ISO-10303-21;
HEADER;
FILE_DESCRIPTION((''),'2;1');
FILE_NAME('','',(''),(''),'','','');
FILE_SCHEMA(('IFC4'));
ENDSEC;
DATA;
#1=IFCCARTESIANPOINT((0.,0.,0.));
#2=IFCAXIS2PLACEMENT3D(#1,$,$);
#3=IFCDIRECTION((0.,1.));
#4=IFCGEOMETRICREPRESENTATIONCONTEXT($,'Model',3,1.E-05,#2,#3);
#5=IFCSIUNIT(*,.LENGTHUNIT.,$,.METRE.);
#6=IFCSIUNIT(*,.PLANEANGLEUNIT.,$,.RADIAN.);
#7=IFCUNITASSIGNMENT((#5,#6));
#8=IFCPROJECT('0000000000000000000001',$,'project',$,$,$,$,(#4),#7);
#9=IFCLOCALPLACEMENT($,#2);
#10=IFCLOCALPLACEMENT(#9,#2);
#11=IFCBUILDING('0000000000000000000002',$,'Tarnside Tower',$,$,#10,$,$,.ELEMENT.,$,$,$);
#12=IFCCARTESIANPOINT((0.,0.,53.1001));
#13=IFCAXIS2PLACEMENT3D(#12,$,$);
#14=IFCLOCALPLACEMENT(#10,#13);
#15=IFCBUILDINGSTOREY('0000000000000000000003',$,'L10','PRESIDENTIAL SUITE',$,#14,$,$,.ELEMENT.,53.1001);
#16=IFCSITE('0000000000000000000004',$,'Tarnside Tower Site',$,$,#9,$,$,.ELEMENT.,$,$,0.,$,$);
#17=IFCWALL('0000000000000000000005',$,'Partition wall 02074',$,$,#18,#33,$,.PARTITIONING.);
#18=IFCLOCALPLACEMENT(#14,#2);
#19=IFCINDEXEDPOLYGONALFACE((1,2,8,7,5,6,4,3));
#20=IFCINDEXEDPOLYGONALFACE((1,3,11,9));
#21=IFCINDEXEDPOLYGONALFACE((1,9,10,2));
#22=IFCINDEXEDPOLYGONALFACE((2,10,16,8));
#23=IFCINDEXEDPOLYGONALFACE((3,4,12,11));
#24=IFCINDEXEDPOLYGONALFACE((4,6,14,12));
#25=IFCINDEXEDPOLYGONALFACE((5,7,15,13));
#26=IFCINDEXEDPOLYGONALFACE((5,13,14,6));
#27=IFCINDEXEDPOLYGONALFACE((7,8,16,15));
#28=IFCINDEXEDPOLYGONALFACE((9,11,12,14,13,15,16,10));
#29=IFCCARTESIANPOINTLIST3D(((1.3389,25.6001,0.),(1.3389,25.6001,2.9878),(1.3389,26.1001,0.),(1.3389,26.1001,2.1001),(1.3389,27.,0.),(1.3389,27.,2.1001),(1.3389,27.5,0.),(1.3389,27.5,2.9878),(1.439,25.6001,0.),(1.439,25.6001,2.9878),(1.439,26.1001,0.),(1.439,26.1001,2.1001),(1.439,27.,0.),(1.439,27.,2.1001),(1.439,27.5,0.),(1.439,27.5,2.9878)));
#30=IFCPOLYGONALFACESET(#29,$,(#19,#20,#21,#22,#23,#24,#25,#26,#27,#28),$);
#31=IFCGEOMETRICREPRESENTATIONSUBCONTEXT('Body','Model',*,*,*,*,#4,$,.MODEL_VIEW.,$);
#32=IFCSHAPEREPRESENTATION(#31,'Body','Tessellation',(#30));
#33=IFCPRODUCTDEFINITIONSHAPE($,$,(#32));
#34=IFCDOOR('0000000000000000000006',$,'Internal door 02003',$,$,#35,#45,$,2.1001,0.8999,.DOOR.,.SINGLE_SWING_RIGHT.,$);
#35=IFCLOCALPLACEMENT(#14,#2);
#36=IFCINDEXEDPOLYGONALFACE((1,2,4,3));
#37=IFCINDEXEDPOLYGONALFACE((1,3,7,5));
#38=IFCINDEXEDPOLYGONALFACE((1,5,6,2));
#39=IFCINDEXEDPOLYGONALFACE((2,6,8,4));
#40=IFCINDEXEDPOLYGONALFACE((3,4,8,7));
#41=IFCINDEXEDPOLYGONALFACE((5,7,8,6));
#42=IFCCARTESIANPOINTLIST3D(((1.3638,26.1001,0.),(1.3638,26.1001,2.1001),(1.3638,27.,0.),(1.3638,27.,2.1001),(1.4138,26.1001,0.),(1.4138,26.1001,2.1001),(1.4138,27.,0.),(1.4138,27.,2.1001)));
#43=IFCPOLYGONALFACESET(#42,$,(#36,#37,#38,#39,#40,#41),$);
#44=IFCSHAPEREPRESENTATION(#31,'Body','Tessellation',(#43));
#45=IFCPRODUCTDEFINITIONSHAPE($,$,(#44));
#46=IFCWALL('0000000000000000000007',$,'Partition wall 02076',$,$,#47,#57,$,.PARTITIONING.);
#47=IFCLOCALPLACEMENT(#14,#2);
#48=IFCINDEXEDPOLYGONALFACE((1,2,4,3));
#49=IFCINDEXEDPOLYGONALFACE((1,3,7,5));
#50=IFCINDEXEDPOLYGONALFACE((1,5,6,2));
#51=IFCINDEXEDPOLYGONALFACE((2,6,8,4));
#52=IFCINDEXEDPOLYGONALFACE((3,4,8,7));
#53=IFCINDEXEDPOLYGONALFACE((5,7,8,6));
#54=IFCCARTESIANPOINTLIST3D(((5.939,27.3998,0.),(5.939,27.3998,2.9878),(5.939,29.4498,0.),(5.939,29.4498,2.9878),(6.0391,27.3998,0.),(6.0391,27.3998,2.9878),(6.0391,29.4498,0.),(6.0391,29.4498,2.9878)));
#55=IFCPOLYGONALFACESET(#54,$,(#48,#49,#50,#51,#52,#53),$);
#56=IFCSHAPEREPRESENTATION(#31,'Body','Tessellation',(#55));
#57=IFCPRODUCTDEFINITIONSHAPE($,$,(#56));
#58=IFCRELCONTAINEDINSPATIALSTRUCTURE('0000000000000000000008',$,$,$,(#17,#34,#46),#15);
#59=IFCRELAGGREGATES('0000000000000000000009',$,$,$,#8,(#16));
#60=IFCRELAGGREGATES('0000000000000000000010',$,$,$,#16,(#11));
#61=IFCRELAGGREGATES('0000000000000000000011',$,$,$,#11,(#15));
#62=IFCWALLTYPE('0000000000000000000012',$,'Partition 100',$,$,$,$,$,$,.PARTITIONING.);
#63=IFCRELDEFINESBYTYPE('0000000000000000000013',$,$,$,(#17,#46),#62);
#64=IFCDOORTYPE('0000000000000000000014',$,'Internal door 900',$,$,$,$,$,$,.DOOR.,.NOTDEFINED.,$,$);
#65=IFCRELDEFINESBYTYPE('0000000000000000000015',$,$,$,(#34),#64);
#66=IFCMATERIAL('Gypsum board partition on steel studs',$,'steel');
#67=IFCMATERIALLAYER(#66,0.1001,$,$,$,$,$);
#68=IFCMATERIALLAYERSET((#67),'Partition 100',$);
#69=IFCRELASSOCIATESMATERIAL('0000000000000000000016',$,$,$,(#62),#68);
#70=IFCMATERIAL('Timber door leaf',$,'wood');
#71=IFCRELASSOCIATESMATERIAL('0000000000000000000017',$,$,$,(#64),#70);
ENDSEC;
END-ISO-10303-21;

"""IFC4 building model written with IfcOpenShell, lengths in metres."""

from ifc_helpers import new_model, si_unit, direction, frame, frame_2d, origin, place, context, subcontext, project, spatial, rectangle, extrude, material, layer, layer_set, type_object, element, fill, save


model = new_model("IFC4")

# Units and contexts
model_context = context("Model", 3, precision=1e-05, world=origin(), true_north=direction((0.0, 1.0)))
body_context = subcontext(model_context, "Body", "Model", "MODEL_VIEW")
ifc_project = project(units=[si_unit("LENGTHUNIT", "METRE"), si_unit("PLANEANGLEUNIT", "RADIAN")], contexts=[model_context])

# Site, building, storey
site_placement = place(None, origin())
site = spatial("IfcSite", under=ifc_project, at=site_placement, Name="Tarnside Tower Site", CompositionType="ELEMENT", RefElevation=0.0)
building_placement = place(site_placement, origin())
building = spatial("IfcBuilding", under=site, at=building_placement, Name="Tarnside Tower", CompositionType="ELEMENT")
storey_placement = place(building_placement, frame((0.0, 0.0, 53.1001)))
storey = spatial("IfcBuildingStorey", under=building, at=storey_placement, Name="L10", Description="PRESIDENTIAL SUITE", CompositionType="ELEMENT", Elevation=53.1001)

# Shared definitions
ifc_material_1 = material(Name="Gypsum board partition on steel studs", Category="steel")
ifc_material_2 = material(Name="Timber door leaf", Category="wood")

# Wall, opening, door
ifc_layer_1 = layer(ifc_material_1, 0.1001)
ifc_layer_set_1 = layer_set([ifc_layer_1], Name="Partition 100")
wall_type_1 = type_object("IfcWallType", Name="Partition 100", PredefinedType="PARTITIONING", material=ifc_layer_set_1)
wall_1_placement = place(storey_placement, frame((1.3889, 27.5, 0.0), z_axis=(0.0, 0.0, 1.0), x_axis=(0.0, -1.0, 0.0)))
wall_1 = element("IfcWall", 1, at=wall_1_placement, inside=storey, type_object=wall_type_1, Name="Partition wall 02074", PredefinedType="PARTITIONING", context=body_context, shape_type="SweptSolid", body=[
    extrude(rectangle(XDim=1.8999, YDim=0.1001, at=frame_2d((0.95, 0.0))), origin(), (0.0, 0.0, 1.0), 2.9878),
])
opening_1_placement = place(wall_1_placement, frame((0.5, 0.0, 0.0)))
opening_1 = element("IfcOpeningElement", 2, at=opening_1_placement, cuts=wall_1, PredefinedType="OPENING", context=body_context, shape_type="SweptSolid", body=[
    extrude(rectangle(XDim=0.8999, YDim=2.1001, at=frame_2d((0.45, 1.05))), frame((0.0, 0.0601, 0.0), z_axis=(0.0, -1.0, 0.0), x_axis=(1.0, 0.0, 0.0)), (0.0, 0.0, 1.0), 0.1201),
])
door_type_1 = type_object("IfcDoorType", Name="Internal door 900", OperationType="NOTDEFINED", PredefinedType="DOOR", material=ifc_material_2)
door_1_placement = place(opening_1_placement, origin())
door_1 = element("IfcDoor", 3, at=door_1_placement, inside=storey, type_object=door_type_1, Name="Internal door 02003", OperationType="SINGLE_SWING_RIGHT", OverallHeight=2.1001, OverallWidth=0.8999, PredefinedType="DOOR", context=body_context, shape_type="SweptSolid", body=[
    extrude(rectangle(XDim=0.8999, YDim=2.1001, at=frame_2d((0.45, 1.05))), frame((0.0, 0.0249, 0.0), z_axis=(0.0, -1.0, 0.0), x_axis=(1.0, 0.0, 0.0)), (0.0, 0.0, 1.0), 0.05),
])
fill(opening_1, door_1)

# Wall
wall_2_placement = place(storey_placement, frame((5.989, 27.3999, 0.0), z_axis=(0.0, 0.0, 1.0), x_axis=(0.0, 1.0, 0.0)))
element("IfcWall", 4, at=wall_2_placement, inside=storey, type_object=wall_type_1, Name="Partition wall 02076", PredefinedType="PARTITIONING", context=body_context, shape_type="SweptSolid", body=[
    extrude(rectangle(XDim=2.05, YDim=0.1001, at=frame_2d((1.0249, 0.0))), origin(), (0.0, 0.0, 1.0), 2.9878),
])

save(model, "model.ifc")
